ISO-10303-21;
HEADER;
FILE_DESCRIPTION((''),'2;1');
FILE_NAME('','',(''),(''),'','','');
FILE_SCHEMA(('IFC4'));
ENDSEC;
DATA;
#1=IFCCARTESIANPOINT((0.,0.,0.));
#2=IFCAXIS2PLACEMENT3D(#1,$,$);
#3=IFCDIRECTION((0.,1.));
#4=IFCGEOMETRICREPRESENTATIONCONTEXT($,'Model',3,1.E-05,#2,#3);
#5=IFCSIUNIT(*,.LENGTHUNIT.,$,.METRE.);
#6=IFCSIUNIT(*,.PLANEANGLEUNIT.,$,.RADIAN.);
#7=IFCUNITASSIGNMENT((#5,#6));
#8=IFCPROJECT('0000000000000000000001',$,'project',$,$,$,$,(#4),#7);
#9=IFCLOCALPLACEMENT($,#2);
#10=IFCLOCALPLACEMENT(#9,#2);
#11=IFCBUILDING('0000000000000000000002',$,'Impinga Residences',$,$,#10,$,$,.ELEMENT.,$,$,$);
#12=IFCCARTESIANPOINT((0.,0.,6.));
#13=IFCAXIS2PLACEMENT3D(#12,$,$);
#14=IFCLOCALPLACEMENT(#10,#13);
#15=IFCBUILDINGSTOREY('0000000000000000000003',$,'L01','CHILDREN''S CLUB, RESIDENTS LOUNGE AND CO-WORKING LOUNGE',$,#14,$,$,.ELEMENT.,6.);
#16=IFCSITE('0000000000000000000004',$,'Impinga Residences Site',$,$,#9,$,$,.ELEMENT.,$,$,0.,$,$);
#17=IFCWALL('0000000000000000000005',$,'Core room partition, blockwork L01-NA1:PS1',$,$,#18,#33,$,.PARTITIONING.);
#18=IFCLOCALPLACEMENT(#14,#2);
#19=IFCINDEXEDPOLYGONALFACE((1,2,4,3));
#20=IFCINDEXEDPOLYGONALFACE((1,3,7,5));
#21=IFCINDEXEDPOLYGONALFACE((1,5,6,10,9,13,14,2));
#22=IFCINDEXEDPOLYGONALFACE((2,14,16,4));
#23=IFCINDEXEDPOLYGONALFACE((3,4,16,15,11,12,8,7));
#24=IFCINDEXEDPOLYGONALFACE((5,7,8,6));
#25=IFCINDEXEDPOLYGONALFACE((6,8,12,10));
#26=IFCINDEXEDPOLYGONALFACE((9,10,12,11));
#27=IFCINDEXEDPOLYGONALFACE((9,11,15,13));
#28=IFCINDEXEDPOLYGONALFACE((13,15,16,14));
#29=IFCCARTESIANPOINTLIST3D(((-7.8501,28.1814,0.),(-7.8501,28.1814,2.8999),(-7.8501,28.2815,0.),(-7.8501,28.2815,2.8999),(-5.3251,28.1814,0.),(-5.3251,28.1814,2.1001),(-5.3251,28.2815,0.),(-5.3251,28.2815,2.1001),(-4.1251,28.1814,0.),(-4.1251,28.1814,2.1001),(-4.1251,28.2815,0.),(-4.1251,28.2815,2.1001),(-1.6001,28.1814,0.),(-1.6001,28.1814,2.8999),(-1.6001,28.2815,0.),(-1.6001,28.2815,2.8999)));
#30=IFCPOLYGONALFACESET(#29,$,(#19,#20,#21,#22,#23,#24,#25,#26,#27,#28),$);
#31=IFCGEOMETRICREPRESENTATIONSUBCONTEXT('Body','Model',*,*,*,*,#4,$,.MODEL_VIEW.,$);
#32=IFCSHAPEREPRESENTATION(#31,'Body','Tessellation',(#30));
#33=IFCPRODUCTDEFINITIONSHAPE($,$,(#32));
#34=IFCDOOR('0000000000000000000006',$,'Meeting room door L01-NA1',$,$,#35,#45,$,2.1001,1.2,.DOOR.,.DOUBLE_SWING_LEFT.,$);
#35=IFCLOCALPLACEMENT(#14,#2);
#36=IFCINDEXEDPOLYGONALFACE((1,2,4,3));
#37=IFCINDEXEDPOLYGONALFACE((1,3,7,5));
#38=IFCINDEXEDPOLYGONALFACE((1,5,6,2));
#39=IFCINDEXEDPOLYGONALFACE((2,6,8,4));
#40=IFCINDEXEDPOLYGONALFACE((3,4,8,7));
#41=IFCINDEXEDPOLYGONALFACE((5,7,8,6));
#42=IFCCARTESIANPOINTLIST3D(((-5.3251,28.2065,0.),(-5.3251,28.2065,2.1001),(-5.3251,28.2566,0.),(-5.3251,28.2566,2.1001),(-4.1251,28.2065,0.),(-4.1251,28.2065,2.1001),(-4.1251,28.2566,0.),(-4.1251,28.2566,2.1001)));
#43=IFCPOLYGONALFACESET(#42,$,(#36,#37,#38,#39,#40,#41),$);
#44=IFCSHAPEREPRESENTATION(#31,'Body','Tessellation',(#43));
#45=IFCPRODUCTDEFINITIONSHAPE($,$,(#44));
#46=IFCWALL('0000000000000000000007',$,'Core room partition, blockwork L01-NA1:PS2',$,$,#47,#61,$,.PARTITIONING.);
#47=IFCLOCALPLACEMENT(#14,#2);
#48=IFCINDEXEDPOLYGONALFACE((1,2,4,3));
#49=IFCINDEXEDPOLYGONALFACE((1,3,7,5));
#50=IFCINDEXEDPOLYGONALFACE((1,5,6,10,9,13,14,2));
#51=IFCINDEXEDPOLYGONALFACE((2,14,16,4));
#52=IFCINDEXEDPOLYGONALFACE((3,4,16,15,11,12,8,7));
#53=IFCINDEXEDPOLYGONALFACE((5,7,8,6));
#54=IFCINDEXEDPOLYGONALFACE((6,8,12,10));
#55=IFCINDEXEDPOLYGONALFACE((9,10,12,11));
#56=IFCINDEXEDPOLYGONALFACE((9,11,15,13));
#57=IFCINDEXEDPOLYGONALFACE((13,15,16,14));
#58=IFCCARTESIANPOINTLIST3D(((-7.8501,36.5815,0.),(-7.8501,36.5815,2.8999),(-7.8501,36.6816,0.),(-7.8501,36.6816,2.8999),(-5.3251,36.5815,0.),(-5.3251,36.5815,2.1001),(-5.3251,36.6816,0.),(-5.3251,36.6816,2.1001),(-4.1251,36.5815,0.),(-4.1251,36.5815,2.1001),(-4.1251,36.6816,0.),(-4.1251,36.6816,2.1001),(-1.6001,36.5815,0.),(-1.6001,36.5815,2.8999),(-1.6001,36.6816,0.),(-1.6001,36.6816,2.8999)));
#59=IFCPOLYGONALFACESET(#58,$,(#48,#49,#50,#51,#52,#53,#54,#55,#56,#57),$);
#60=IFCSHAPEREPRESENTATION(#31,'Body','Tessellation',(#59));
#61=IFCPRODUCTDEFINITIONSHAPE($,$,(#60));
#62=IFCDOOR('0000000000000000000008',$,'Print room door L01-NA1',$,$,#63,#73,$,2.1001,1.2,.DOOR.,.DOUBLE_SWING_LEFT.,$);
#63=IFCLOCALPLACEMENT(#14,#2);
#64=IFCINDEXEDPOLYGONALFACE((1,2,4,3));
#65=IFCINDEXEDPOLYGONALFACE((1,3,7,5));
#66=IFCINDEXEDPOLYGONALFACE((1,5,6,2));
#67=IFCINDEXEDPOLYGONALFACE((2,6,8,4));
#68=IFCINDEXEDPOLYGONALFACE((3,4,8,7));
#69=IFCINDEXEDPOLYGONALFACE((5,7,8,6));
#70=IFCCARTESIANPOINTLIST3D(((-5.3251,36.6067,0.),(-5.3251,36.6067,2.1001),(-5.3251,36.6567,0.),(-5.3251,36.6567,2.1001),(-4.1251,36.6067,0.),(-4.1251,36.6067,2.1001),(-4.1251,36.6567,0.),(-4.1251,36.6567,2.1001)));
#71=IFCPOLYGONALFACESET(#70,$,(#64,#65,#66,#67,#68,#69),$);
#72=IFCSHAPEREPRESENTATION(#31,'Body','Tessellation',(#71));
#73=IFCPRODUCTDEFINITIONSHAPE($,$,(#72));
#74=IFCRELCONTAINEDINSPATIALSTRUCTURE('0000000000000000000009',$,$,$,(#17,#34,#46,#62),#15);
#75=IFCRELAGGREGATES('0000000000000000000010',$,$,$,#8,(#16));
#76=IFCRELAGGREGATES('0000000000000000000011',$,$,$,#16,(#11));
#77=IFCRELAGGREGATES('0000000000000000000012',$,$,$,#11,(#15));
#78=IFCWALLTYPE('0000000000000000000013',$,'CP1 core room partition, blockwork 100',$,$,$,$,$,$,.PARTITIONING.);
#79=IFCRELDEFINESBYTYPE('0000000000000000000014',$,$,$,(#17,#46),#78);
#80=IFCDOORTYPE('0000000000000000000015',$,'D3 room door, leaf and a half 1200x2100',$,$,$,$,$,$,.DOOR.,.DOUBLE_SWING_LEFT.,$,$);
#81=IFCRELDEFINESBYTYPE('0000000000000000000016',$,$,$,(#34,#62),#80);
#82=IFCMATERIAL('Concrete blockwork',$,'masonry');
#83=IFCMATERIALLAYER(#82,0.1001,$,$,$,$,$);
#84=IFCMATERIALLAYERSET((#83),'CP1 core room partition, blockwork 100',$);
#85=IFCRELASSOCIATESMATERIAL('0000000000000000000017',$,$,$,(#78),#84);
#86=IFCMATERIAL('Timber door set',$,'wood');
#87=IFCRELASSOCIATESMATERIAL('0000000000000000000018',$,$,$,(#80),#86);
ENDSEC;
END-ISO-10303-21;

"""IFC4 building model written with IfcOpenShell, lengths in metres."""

from ifc_helpers import new_model, si_unit, direction, frame, frame_2d, origin, place, context, subcontext, project, spatial, rectangle, extrude, material, layer, layer_set, type_object, element, fill, save


model = new_model("IFC4")

# Units and contexts
model_context = context("Model", 3, precision=1e-05, world=origin(), true_north=direction((0.0, 1.0)))
body_context = subcontext(model_context, "Body", "Model", "MODEL_VIEW")
ifc_project = project(units=[si_unit("LENGTHUNIT", "METRE"), si_unit("PLANEANGLEUNIT", "RADIAN")], contexts=[model_context])

# Site, building, storey
site_placement = place(None, origin())
site = spatial("IfcSite", under=ifc_project, at=site_placement, Name="Impinga Residences Site", CompositionType="ELEMENT", RefElevation=0.0)
building_placement = place(site_placement, origin())
building = spatial("IfcBuilding", under=site, at=building_placement, Name="Impinga Residences", CompositionType="ELEMENT")
storey_placement = place(building_placement, frame((0.0, 0.0, 6.0)))
storey = spatial("IfcBuildingStorey", under=building, at=storey_placement, Name="L01", Description="CHILDREN'S CLUB, RESIDENTS LOUNGE AND CO-WORKING LOUNGE", CompositionType="ELEMENT", Elevation=6.0)

# Walls, openings, doors
ifc_material_1 = material(Name="Concrete blockwork", Category="masonry")
ifc_layer = layer(ifc_material_1, 0.1001)
ifc_layer_set = layer_set([ifc_layer], Name="CP1 core room partition, blockwork 100")
wall_type = type_object("IfcWallType", Name="CP1 core room partition, blockwork 100", PredefinedType="PARTITIONING", material=ifc_layer_set)
wall_1_placement = place(storey_placement, frame((-1.6001, 28.2314, 0.0), z_axis=(0.0, 0.0, 1.0), x_axis=(-1.0, 0.0, 0.0)))
wall_1 = element("IfcWall", 1, at=wall_1_placement, inside=storey, type_object=wall_type, Name="Core room partition, blockwork L01-NA1:PS1", PredefinedType="PARTITIONING", context=body_context, shape_type="SweptSolid", body=[
    extrude(rectangle(XDim=6.25, YDim=0.1001, at=frame_2d((3.125, 0.0))), origin(), (0.0, 0.0, 1.0), 2.8999),
])
opening_1_placement = place(wall_1_placement, frame((2.5249, 0.0, 0.0)))
opening_1 = element("IfcOpeningElement", 2, at=opening_1_placement, cuts=wall_1, PredefinedType="OPENING", context=body_context, shape_type="SweptSolid", body=[
    extrude(rectangle(XDim=1.2, YDim=2.1001, at=frame_2d((0.6001, 1.05))), frame((0.0, 0.0601, 0.0), z_axis=(0.0, -1.0, 0.0), x_axis=(1.0, 0.0, 0.0)), (0.0, 0.0, 1.0), 0.1201),
])
ifc_material_2 = material(Name="Timber door set", Category="wood")
door_type = type_object("IfcDoorType", Name="D3 room door, leaf and a half 1200x2100", OperationType="DOUBLE_SWING_LEFT", PredefinedType="DOOR", material=ifc_material_2)
door_1_placement = place(opening_1_placement, origin())
door_1 = element("IfcDoor", 3, at=door_1_placement, inside=storey, type_object=door_type, Name="Meeting room door L01-NA1", OperationType="DOUBLE_SWING_LEFT", OverallHeight=2.1001, OverallWidth=1.2, PredefinedType="DOOR", context=body_context, shape_type="SweptSolid", body=[
    extrude(rectangle(XDim=1.2, YDim=2.1001, at=frame_2d((0.6001, 1.05))), frame((0.0, 0.0249, 0.0), z_axis=(0.0, -1.0, 0.0), x_axis=(1.0, 0.0, 0.0)), (0.0, 0.0, 1.0), 0.05),
])
fill(opening_1, door_1)
wall_2_placement = place(storey_placement, frame((-1.6001, 36.6316, 0.0), z_axis=(0.0, 0.0, 1.0), x_axis=(-1.0, 0.0, 0.0)))
wall_2 = element("IfcWall", 4, at=wall_2_placement, inside=storey, type_object=wall_type, Name="Core room partition, blockwork L01-NA1:PS2", PredefinedType="PARTITIONING", context=body_context, shape_type="SweptSolid", body=[
    extrude(rectangle(XDim=6.25, YDim=0.1001, at=frame_2d((3.125, 0.0))), origin(), (0.0, 0.0, 1.0), 2.8999),
])
opening_2_placement = place(wall_2_placement, frame((2.5249, 0.0, 0.0)))
opening_2 = element("IfcOpeningElement", 5, at=opening_2_placement, cuts=wall_2, PredefinedType="OPENING", context=body_context, shape_type="SweptSolid", body=[
    extrude(rectangle(XDim=1.2, YDim=2.1001, at=frame_2d((0.6001, 1.05))), frame((0.0, 0.0601, 0.0), z_axis=(0.0, -1.0, 0.0), x_axis=(1.0, 0.0, 0.0)), (0.0, 0.0, 1.0), 0.1201),
])
door_2_placement = place(opening_2_placement, origin())
door_2 = element("IfcDoor", 6, at=door_2_placement, inside=storey, type_object=door_type, Name="Print room door L01-NA1", OperationType="DOUBLE_SWING_LEFT", OverallHeight=2.1001, OverallWidth=1.2, PredefinedType="DOOR", context=body_context, shape_type="SweptSolid", body=[
    extrude(rectangle(XDim=1.2, YDim=2.1001, at=frame_2d((0.6001, 1.05))), frame((0.0, 0.0249, 0.0), z_axis=(0.0, -1.0, 0.0), x_axis=(1.0, 0.0, 0.0)), (0.0, 0.0, 1.0), 0.05),
])
fill(opening_2, door_2)

save(model, "model.ifc")
